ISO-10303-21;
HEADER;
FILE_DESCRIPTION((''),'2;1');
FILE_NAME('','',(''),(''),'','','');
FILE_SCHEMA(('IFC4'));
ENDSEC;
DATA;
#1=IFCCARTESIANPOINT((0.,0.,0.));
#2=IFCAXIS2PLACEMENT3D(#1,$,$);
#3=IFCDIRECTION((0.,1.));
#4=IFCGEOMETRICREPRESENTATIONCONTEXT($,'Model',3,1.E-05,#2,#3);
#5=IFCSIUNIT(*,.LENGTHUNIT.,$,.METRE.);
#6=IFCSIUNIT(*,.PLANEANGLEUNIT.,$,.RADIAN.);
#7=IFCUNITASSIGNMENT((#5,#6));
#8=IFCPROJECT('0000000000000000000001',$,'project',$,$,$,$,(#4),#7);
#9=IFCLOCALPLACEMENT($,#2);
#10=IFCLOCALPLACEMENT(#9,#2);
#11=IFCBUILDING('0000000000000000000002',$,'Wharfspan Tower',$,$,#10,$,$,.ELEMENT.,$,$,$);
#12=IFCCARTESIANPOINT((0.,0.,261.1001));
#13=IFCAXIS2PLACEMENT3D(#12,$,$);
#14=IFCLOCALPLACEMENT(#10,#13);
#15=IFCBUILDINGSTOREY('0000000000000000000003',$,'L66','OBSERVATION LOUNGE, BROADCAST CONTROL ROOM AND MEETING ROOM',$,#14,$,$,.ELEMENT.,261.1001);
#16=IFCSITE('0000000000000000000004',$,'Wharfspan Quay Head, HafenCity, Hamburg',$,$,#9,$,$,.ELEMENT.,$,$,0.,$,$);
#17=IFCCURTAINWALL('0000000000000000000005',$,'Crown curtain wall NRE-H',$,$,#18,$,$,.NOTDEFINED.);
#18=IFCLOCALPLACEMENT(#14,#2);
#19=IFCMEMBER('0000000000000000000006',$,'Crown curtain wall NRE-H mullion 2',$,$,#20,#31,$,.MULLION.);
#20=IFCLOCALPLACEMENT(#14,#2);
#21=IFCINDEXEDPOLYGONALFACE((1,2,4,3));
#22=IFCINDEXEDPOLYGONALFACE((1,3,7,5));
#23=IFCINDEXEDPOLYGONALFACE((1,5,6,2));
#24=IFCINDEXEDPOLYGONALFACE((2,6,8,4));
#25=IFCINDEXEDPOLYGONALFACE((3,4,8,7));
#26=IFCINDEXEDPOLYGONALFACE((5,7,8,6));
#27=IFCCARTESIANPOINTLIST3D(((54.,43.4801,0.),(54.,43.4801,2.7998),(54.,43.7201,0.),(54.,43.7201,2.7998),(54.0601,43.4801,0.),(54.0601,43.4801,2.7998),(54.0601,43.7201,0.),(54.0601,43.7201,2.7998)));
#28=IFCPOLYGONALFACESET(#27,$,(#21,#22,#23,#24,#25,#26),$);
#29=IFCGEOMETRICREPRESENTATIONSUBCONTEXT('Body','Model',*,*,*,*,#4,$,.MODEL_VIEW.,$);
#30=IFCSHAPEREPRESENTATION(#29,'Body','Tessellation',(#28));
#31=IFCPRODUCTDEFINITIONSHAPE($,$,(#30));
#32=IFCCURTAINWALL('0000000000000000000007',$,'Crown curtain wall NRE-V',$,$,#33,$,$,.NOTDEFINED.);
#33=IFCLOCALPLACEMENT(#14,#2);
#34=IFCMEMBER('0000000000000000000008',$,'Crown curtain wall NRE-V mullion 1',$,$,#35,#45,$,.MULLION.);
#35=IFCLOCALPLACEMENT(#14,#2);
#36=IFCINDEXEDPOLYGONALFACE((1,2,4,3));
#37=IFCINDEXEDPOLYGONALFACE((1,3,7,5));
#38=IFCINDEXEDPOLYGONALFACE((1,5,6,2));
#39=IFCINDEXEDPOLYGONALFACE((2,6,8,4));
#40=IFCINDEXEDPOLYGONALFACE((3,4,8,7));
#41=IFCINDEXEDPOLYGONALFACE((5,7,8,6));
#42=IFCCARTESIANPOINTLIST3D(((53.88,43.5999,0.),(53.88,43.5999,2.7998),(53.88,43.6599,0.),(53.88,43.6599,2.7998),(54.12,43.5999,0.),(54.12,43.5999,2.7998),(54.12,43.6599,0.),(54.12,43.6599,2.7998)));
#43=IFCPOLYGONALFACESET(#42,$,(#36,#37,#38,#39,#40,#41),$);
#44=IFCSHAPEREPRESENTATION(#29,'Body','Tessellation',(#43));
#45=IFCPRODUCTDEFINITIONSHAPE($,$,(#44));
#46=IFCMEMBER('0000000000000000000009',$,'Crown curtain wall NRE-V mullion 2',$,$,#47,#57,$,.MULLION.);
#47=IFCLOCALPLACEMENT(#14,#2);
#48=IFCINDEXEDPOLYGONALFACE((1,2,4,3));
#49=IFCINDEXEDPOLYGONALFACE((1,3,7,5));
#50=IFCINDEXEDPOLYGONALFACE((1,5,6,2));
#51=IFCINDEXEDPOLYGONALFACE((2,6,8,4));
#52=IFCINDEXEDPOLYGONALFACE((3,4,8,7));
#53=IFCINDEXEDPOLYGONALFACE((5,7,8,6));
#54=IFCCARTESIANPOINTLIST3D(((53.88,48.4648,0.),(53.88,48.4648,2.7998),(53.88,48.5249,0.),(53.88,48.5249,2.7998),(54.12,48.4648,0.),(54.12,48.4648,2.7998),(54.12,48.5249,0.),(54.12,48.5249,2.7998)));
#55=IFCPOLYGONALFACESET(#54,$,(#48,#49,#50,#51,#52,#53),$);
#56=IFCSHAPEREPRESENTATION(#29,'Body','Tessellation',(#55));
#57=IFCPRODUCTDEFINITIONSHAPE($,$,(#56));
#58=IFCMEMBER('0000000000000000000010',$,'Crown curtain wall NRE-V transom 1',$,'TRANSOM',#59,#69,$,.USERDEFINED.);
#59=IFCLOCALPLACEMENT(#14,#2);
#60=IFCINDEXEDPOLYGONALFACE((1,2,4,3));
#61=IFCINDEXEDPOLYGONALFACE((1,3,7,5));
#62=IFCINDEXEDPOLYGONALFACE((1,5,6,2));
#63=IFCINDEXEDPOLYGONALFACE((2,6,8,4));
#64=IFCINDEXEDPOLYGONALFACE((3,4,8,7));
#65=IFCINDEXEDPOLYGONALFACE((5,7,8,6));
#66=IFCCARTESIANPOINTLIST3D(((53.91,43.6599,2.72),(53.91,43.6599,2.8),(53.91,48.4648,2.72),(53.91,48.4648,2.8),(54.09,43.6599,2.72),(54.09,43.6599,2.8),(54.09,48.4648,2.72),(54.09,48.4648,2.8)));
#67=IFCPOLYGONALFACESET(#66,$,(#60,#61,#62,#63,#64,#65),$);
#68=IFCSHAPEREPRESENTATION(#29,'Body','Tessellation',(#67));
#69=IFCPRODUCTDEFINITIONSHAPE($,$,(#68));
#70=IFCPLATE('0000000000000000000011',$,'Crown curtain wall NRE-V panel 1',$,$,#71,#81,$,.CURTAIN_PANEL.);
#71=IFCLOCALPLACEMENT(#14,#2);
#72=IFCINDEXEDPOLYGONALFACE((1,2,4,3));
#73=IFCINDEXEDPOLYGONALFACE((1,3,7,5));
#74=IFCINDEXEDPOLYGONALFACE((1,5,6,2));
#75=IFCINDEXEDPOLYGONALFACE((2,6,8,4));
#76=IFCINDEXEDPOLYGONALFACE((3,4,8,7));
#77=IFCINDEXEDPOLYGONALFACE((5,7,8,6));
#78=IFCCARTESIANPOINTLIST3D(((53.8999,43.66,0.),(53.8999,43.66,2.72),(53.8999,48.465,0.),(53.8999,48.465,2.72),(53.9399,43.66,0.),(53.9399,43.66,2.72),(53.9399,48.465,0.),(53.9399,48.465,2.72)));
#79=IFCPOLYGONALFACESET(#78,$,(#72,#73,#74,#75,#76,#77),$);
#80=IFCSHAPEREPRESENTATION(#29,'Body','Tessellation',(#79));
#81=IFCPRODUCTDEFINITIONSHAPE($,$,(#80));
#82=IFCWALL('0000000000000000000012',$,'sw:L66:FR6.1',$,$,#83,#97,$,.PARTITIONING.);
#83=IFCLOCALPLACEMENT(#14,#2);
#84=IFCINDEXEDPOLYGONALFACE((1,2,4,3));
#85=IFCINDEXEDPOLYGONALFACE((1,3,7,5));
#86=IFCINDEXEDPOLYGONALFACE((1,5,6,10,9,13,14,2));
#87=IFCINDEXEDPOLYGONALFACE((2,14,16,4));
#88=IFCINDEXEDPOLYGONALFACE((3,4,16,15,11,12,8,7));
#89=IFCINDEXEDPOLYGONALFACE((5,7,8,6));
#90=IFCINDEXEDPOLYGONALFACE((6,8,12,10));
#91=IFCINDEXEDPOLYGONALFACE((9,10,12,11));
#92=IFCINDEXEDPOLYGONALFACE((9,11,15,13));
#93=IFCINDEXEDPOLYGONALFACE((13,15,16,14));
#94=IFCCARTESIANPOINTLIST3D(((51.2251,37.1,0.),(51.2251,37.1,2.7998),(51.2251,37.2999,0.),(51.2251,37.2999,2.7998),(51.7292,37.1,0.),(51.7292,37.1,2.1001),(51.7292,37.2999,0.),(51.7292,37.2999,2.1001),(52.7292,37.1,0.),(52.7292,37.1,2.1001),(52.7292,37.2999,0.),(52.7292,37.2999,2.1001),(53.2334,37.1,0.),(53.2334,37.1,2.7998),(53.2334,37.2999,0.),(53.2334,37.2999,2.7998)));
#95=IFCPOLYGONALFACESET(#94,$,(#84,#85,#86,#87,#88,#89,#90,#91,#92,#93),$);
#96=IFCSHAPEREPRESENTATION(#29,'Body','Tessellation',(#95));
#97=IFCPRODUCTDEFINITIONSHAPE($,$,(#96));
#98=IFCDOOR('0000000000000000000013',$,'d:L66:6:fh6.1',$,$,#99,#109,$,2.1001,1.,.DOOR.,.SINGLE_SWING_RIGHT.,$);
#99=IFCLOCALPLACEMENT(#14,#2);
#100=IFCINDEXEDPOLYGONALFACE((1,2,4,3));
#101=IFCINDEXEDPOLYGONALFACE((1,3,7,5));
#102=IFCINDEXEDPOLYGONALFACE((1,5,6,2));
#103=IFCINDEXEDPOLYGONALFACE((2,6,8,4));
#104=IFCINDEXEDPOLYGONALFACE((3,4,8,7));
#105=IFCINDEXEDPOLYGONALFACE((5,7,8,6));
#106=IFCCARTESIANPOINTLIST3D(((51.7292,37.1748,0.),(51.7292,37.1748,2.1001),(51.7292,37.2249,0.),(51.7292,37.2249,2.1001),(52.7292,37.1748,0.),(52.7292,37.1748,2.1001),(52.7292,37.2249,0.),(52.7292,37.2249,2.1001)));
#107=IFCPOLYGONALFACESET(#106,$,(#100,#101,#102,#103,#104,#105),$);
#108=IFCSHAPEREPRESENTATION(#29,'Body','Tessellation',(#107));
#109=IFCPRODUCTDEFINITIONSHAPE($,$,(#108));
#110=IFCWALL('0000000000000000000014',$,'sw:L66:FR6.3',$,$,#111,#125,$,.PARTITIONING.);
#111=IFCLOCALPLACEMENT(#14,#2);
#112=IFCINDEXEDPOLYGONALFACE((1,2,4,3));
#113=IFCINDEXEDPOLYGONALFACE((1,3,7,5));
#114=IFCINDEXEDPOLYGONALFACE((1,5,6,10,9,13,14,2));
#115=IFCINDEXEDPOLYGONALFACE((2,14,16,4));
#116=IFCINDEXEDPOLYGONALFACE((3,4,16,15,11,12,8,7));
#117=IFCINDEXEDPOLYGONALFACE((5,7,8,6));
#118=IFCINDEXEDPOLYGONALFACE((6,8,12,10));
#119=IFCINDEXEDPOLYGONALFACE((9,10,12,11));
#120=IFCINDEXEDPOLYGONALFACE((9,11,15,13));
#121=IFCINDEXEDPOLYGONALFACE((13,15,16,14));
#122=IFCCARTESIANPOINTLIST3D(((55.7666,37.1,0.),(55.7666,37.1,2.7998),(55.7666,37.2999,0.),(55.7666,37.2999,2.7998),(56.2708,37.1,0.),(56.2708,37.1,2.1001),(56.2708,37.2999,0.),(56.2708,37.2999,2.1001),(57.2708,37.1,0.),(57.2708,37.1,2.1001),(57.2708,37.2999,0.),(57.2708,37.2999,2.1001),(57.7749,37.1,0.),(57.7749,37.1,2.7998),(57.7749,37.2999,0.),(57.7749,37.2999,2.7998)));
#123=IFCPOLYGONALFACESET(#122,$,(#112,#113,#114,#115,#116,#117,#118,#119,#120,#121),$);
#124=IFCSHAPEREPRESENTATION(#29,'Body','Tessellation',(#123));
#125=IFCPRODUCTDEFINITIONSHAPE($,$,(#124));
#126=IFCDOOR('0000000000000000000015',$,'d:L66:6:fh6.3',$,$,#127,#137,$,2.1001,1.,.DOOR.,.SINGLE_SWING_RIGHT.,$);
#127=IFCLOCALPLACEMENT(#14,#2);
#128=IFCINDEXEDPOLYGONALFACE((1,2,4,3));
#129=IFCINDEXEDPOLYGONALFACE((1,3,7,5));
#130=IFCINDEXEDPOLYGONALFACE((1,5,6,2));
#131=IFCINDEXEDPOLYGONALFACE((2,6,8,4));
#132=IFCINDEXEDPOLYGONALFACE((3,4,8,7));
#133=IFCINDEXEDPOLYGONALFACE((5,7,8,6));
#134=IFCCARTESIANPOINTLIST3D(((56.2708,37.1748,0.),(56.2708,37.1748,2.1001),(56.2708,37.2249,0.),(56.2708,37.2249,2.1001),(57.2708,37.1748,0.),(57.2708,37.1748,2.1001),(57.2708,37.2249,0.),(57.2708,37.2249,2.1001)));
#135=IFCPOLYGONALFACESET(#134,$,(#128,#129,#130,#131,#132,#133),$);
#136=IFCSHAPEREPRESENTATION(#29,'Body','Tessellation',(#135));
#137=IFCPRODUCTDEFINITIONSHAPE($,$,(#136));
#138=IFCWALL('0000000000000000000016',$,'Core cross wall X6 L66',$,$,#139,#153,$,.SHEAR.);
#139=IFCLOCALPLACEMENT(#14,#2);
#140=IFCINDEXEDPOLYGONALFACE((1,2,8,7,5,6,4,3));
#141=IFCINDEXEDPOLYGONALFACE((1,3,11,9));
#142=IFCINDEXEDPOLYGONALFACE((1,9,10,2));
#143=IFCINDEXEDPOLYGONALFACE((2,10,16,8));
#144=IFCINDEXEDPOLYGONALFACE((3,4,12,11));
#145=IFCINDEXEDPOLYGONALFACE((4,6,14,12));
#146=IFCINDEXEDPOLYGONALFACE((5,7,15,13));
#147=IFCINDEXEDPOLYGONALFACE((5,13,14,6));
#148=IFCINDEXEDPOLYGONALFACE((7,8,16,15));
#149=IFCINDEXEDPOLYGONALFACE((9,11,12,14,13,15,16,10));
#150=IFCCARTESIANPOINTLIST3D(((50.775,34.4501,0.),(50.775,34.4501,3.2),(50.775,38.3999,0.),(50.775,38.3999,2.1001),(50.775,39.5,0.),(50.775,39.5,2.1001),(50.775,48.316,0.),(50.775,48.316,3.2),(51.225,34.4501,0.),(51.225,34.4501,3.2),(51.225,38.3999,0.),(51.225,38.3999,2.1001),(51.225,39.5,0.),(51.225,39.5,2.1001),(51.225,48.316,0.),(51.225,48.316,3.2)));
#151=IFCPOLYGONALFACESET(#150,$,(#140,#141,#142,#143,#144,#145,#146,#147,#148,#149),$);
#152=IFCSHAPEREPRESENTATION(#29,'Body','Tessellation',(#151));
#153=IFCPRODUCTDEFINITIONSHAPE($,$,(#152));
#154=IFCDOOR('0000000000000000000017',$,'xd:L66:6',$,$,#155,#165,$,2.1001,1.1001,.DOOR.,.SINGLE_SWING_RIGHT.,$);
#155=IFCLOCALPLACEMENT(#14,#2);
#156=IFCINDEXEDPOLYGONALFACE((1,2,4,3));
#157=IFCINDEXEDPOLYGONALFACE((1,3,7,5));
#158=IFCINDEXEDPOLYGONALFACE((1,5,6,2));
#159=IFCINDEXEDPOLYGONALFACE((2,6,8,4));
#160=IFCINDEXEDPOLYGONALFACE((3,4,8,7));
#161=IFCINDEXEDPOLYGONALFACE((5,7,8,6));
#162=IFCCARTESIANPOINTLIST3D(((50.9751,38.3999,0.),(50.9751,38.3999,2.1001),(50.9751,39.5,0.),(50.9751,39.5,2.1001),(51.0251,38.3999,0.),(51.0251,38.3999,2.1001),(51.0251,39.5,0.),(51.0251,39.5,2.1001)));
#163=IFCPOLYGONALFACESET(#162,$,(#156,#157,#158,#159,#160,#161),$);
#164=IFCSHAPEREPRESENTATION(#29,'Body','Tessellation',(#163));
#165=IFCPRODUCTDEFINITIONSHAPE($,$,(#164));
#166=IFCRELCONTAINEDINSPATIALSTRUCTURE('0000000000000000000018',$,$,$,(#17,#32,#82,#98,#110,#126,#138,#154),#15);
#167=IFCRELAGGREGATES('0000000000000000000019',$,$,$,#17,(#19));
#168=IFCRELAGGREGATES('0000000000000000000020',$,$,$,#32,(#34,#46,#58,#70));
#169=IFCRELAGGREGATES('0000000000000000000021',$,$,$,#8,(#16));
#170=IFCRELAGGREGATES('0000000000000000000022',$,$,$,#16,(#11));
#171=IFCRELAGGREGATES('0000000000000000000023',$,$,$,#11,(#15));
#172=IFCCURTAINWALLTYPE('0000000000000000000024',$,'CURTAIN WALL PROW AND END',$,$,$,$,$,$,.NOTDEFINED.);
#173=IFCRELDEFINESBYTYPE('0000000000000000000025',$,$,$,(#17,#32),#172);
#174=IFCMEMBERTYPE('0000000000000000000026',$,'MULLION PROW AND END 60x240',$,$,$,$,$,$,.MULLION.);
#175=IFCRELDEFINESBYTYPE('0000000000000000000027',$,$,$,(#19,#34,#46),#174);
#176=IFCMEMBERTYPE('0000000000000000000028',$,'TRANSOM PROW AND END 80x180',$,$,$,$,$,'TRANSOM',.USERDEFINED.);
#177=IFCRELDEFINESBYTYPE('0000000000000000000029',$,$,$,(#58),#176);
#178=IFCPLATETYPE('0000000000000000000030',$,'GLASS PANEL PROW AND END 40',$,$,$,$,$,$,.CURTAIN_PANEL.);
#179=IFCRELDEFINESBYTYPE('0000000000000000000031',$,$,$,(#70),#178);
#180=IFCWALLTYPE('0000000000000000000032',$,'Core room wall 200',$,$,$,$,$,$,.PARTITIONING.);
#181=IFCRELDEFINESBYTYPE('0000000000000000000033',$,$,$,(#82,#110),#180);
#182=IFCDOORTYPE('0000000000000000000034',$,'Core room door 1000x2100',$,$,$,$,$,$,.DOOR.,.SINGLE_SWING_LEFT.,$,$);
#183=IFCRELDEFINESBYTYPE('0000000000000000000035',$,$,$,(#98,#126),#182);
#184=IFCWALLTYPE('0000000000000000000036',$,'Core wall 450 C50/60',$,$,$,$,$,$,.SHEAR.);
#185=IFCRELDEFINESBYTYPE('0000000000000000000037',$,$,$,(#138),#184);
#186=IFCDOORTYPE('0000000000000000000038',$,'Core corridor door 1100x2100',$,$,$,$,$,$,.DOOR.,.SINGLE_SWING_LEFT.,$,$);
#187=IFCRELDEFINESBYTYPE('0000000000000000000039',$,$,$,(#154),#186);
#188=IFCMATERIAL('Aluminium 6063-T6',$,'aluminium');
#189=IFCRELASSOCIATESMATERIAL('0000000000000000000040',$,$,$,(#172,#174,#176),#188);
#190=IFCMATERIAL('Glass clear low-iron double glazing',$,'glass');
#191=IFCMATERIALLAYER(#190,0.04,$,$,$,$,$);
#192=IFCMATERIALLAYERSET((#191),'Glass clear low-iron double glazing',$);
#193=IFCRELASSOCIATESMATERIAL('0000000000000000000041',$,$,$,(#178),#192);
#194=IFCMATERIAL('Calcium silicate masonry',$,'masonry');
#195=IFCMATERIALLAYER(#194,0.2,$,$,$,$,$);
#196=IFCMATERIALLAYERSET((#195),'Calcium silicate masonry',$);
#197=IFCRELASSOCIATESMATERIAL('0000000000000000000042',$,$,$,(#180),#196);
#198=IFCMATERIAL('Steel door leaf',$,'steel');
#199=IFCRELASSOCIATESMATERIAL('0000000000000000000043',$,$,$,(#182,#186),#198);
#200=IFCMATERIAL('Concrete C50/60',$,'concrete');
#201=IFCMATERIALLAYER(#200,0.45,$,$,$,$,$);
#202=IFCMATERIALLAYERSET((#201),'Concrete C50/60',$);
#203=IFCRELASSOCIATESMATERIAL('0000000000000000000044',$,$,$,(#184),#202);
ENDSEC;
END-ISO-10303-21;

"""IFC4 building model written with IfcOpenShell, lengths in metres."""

from ifc_helpers import new_model, si_unit, direction, frame, frame_2d, origin, origin_2d, place, context, subcontext, project, spatial, rectangle, extrude, material, layer, layer_set, material_profile, profile_set, type_object, element, fill, aggregate, save


model = new_model("IFC4")

# Units and contexts
model_context = context("Model", 3, precision=1e-05, world=origin(), true_north=direction((0.0, 1.0)))
body_context = subcontext(model_context, "Body", "Model", "MODEL_VIEW")
ifc_project = project(units=[si_unit("LENGTHUNIT", "METRE"), si_unit("PLANEANGLEUNIT", "RADIAN")], contexts=[model_context])

# Site, building, storey
site_placement = place(None, origin())
site = spatial("IfcSite", under=ifc_project, at=site_placement, Name="Wharfspan Quay Head, HafenCity, Hamburg", CompositionType="ELEMENT", RefElevation=0.0)
building_placement = place(site_placement, origin())
building = spatial("IfcBuilding", under=site, at=building_placement, Name="Wharfspan Tower", CompositionType="ELEMENT")
storey_placement = place(building_placement, frame((0.0, 0.0, 261.1001)))
storey = spatial("IfcBuildingStorey", under=building, at=storey_placement, Name="L66", Description="OBSERVATION LOUNGE, BROADCAST CONTROL ROOM AND MEETING ROOM", CompositionType="ELEMENT", Elevation=261.1001)

# Curtain wall, member
ifc_material_1 = material(Name="Aluminium 6063-T6", Category="aluminium")
curtain_wall_type = type_object("IfcCurtainWallType", Name="CURTAIN WALL PROW AND END", PredefinedType="NOTDEFINED", material=ifc_material_1)
curtain_wall_1_placement = place(storey_placement, origin())
curtain_wall_1 = element("IfcCurtainWall", 1, at=curtain_wall_1_placement, inside=storey, type_object=curtain_wall_type, Name="Crown curtain wall NRE-H", PredefinedType="NOTDEFINED")
ifc_material_profile_1 = material_profile(ifc_material_1, rectangle(XDim=0.24, YDim=0.0601, at=origin_2d()))
ifc_profile_set_1 = profile_set([ifc_material_profile_1], Name="Aluminium 6063-T6")
member_type_1 = type_object("IfcMemberType", Name="MULLION PROW AND END 60x240", PredefinedType="MULLION", material=ifc_profile_set_1)
member_1_placement = place(storey_placement, frame((54.03, 43.6001, 0.0), z_axis=(0.0, 0.0, 1.0), x_axis=(0.0, -1.0, 0.0)))
member_1 = element("IfcMember", 2, at=member_1_placement, type_object=member_type_1, Name="Crown curtain wall NRE-H mullion 2", PredefinedType="MULLION", context=body_context, shape_type="SweptSolid", body=[
    extrude(rectangle(XDim=0.24, YDim=0.0601, at=origin_2d()), origin(), (0.0, 0.0, 1.0), 2.7998),
])
aggregate(curtain_wall_1, [member_1])

# Curtain wall, members, plate
curtain_wall_2_placement = place(storey_placement, origin())
curtain_wall_2 = element("IfcCurtainWall", 3, at=curtain_wall_2_placement, inside=storey, type_object=curtain_wall_type, Name="Crown curtain wall NRE-V", PredefinedType="NOTDEFINED")
member_2_placement = place(storey_placement, frame((54.0, 43.6299, 0.0), z_axis=(0.0, 0.0, 1.0), x_axis=(-1.0, 0.0, 0.0)))
member_2 = element("IfcMember", 4, at=member_2_placement, type_object=member_type_1, Name="Crown curtain wall NRE-V mullion 1", PredefinedType="MULLION", context=body_context, shape_type="SweptSolid", body=[
    extrude(rectangle(XDim=0.24, YDim=0.0601, at=origin_2d()), origin(), (0.0, 0.0, 1.0), 2.7998),
])
member_3_placement = place(storey_placement, frame((54.0, 48.4949, 0.0), z_axis=(0.0, 0.0, 1.0), x_axis=(-1.0, 0.0, 0.0)))
member_3 = element("IfcMember", 5, at=member_3_placement, type_object=member_type_1, Name="Crown curtain wall NRE-V mullion 2", PredefinedType="MULLION", context=body_context, shape_type="SweptSolid", body=[
    extrude(rectangle(XDim=0.24, YDim=0.0601, at=origin_2d()), origin(), (0.0, 0.0, 1.0), 2.7998),
])
ifc_material_profile_2 = material_profile(ifc_material_1, rectangle(XDim=0.1799, YDim=0.0801, at=origin_2d()))
ifc_profile_set_2 = profile_set([ifc_material_profile_2], Name="Aluminium 6063-T6")
member_type_2 = type_object("IfcMemberType", Name="TRANSOM PROW AND END 80x180", ElementType="TRANSOM", PredefinedType="USERDEFINED", material=ifc_profile_set_2)
member_4_placement = place(storey_placement, frame((54.0, 43.6599, 2.76), z_axis=(0.0, 1.0, 0.0), x_axis=(-1.0, 0.0, 0.0)))
member_4 = element("IfcMember", 6, at=member_4_placement, type_object=member_type_2, Name="Crown curtain wall NRE-V transom 1", ObjectType="TRANSOM", PredefinedType="USERDEFINED", context=body_context, shape_type="SweptSolid", body=[
    extrude(rectangle(XDim=0.1799, YDim=0.0801, at=origin_2d()), origin(), (0.0, 0.0, 1.0), 4.8049),
])
ifc_material_2 = material(Name="Glass clear low-iron double glazing", Category="glass")
ifc_layer_1 = layer(ifc_material_2, 0.04)
ifc_layer_set_1 = layer_set([ifc_layer_1], Name="Glass clear low-iron double glazing")
plate_type = type_object("IfcPlateType", Name="GLASS PANEL PROW AND END 40", PredefinedType="CURTAIN_PANEL", material=ifc_layer_set_1)
plate_placement = place(storey_placement, frame((53.9199, 46.0625, 0.0), z_axis=(0.0, 0.0, 1.0), x_axis=(0.0, 1.0, 0.0)))
plate = element("IfcPlate", 7, at=plate_placement, type_object=plate_type, Name="Crown curtain wall NRE-V panel 1", PredefinedType="CURTAIN_PANEL", context=body_context, shape_type="SweptSolid", body=[
    extrude(rectangle(XDim=4.8049, YDim=0.04, at=origin_2d()), origin(), (0.0, 0.0, 1.0), 2.72),
])
aggregate(curtain_wall_2, [member_2, member_3, member_4, plate])

# Walls, openings, doors
ifc_material_3 = material(Name="Calcium silicate masonry", Category="masonry")
ifc_layer_2 = layer(ifc_material_3, 0.2)
ifc_layer_set_2 = layer_set([ifc_layer_2], Name="Calcium silicate masonry")
wall_type_1 = type_object("IfcWallType", Name="Core room wall 200", PredefinedType="PARTITIONING", material=ifc_layer_set_2)
wall_1_placement = place(storey_placement, frame((51.2251, 37.2, 0.0), z_axis=(0.0, 0.0, 1.0), x_axis=(1.0, 0.0, 0.0)))
wall_1 = element("IfcWall", 8, at=wall_1_placement, inside=storey, type_object=wall_type_1, Name="sw:L66:FR6.1", PredefinedType="PARTITIONING", context=body_context, shape_type="SweptSolid", body=[
    extrude(rectangle(XDim=2.0083, YDim=0.2, at=frame_2d((1.0042, 0.0))), origin(), (0.0, 0.0, 1.0), 2.7998),
])
opening_1_placement = place(wall_1_placement, frame((0.5041, 0.0, 0.0)))
opening_1 = element("IfcOpeningElement", 9, at=opening_1_placement, cuts=wall_1, PredefinedType="OPENING", context=body_context, shape_type="SweptSolid", body=[
    extrude(rectangle(XDim=1.0, YDim=2.1001, at=frame_2d((0.5, 1.05))), frame((0.0, 0.1099, 0.0), z_axis=(0.0, -1.0, 0.0), x_axis=(1.0, 0.0, 0.0)), (0.0, 0.0, 1.0), 0.22),
])
ifc_material_4 = material(Name="Steel door leaf", Category="steel")
door_type_1 = type_object("IfcDoorType", Name="Core room door 1000x2100", OperationType="SINGLE_SWING_LEFT", PredefinedType="DOOR", material=ifc_material_4)
door_1_placement = place(opening_1_placement, origin())
door_1 = element("IfcDoor", 10, at=door_1_placement, inside=storey, type_object=door_type_1, Name="d:L66:6:fh6.1", OperationType="SINGLE_SWING_RIGHT", OverallHeight=2.1001, OverallWidth=1.0, PredefinedType="DOOR", context=body_context, shape_type="SweptSolid", body=[
    extrude(rectangle(XDim=1.0, YDim=2.1001, at=frame_2d((0.5, 1.05))), frame((0.0, 0.0249, 0.0), z_axis=(0.0, -1.0, 0.0), x_axis=(1.0, 0.0, 0.0)), (0.0, 0.0, 1.0), 0.05),
])
fill(opening_1, door_1)
wall_2_placement = place(storey_placement, frame((55.7666, 37.2, 0.0), z_axis=(0.0, 0.0, 1.0), x_axis=(1.0, 0.0, 0.0)))
wall_2 = element("IfcWall", 11, at=wall_2_placement, inside=storey, type_object=wall_type_1, Name="sw:L66:FR6.3", PredefinedType="PARTITIONING", context=body_context, shape_type="SweptSolid", body=[
    extrude(rectangle(XDim=2.0083, YDim=0.2, at=frame_2d((1.0042, 0.0))), origin(), (0.0, 0.0, 1.0), 2.7998),
])
opening_2_placement = place(wall_2_placement, frame((0.5041, 0.0, 0.0)))
opening_2 = element("IfcOpeningElement", 12, at=opening_2_placement, cuts=wall_2, PredefinedType="OPENING", context=body_context, shape_type="SweptSolid", body=[
    extrude(rectangle(XDim=1.0, YDim=2.1001, at=frame_2d((0.5, 1.05))), frame((0.0, 0.1099, 0.0), z_axis=(0.0, -1.0, 0.0), x_axis=(1.0, 0.0, 0.0)), (0.0, 0.0, 1.0), 0.22),
])
door_2_placement = place(opening_2_placement, origin())
door_2 = element("IfcDoor", 13, at=door_2_placement, inside=storey, type_object=door_type_1, Name="d:L66:6:fh6.3", OperationType="SINGLE_SWING_RIGHT", OverallHeight=2.1001, OverallWidth=1.0, PredefinedType="DOOR", context=body_context, shape_type="SweptSolid", body=[
    extrude(rectangle(XDim=1.0, YDim=2.1001, at=frame_2d((0.5, 1.05))), frame((0.0, 0.0249, 0.0), z_axis=(0.0, -1.0, 0.0), x_axis=(1.0, 0.0, 0.0)), (0.0, 0.0, 1.0), 0.05),
])
fill(opening_2, door_2)
ifc_material_5 = material(Name="Concrete C50/60", Category="concrete")
ifc_layer_3 = layer(ifc_material_5, 0.45)
ifc_layer_set_3 = layer_set([ifc_layer_3], Name="Concrete C50/60")
wall_type_2 = type_object("IfcWallType", Name="Core wall 450 C50/60", PredefinedType="SHEAR", material=ifc_layer_set_3)
wall_3_placement = place(storey_placement, frame((51.0, 34.45, 0.0), z_axis=(0.0, 0.0, 1.0), x_axis=(0.0, 1.0, 0.0)))
wall_3 = element("IfcWall", 14, at=wall_3_placement, inside=storey, type_object=wall_type_2, Name="Core cross wall X6 L66", PredefinedType="SHEAR", context=body_context, shape_type="SweptSolid", body=[
    extrude(rectangle(XDim=13.866, YDim=0.45, at=frame_2d((6.9331, 0.0))), origin(), (0.0, 0.0, 1.0), 3.2),
])
opening_3_placement = place(wall_3_placement, frame((3.95, 0.0, 0.0)))
opening_3 = element("IfcOpeningElement", 15, at=opening_3_placement, cuts=wall_3, PredefinedType="OPENING", context=body_context, shape_type="SweptSolid", body=[
    extrude(rectangle(XDim=1.1001, YDim=2.1001, at=frame_2d((0.55, 1.05))), frame((0.0, 0.2349, 0.0), z_axis=(0.0, -1.0, 0.0), x_axis=(1.0, 0.0, 0.0)), (0.0, 0.0, 1.0), 0.47),
])
door_type_2 = type_object("IfcDoorType", Name="Core corridor door 1100x2100", OperationType="SINGLE_SWING_LEFT", PredefinedType="DOOR", material=ifc_material_4)
door_3_placement = place(opening_3_placement, origin())
door_3 = element("IfcDoor", 16, at=door_3_placement, inside=storey, type_object=door_type_2, Name="xd:L66:6", OperationType="SINGLE_SWING_RIGHT", OverallHeight=2.1001, OverallWidth=1.1001, PredefinedType="DOOR", context=body_context, shape_type="SweptSolid", body=[
    extrude(rectangle(XDim=1.1001, YDim=2.1001, at=frame_2d((0.55, 1.05))), frame((0.0, 0.0249, 0.0), z_axis=(0.0, -1.0, 0.0), x_axis=(1.0, 0.0, 0.0)), (0.0, 0.0, 1.0), 0.05),
])
fill(opening_3, door_3)

save(model, "model.ifc")
